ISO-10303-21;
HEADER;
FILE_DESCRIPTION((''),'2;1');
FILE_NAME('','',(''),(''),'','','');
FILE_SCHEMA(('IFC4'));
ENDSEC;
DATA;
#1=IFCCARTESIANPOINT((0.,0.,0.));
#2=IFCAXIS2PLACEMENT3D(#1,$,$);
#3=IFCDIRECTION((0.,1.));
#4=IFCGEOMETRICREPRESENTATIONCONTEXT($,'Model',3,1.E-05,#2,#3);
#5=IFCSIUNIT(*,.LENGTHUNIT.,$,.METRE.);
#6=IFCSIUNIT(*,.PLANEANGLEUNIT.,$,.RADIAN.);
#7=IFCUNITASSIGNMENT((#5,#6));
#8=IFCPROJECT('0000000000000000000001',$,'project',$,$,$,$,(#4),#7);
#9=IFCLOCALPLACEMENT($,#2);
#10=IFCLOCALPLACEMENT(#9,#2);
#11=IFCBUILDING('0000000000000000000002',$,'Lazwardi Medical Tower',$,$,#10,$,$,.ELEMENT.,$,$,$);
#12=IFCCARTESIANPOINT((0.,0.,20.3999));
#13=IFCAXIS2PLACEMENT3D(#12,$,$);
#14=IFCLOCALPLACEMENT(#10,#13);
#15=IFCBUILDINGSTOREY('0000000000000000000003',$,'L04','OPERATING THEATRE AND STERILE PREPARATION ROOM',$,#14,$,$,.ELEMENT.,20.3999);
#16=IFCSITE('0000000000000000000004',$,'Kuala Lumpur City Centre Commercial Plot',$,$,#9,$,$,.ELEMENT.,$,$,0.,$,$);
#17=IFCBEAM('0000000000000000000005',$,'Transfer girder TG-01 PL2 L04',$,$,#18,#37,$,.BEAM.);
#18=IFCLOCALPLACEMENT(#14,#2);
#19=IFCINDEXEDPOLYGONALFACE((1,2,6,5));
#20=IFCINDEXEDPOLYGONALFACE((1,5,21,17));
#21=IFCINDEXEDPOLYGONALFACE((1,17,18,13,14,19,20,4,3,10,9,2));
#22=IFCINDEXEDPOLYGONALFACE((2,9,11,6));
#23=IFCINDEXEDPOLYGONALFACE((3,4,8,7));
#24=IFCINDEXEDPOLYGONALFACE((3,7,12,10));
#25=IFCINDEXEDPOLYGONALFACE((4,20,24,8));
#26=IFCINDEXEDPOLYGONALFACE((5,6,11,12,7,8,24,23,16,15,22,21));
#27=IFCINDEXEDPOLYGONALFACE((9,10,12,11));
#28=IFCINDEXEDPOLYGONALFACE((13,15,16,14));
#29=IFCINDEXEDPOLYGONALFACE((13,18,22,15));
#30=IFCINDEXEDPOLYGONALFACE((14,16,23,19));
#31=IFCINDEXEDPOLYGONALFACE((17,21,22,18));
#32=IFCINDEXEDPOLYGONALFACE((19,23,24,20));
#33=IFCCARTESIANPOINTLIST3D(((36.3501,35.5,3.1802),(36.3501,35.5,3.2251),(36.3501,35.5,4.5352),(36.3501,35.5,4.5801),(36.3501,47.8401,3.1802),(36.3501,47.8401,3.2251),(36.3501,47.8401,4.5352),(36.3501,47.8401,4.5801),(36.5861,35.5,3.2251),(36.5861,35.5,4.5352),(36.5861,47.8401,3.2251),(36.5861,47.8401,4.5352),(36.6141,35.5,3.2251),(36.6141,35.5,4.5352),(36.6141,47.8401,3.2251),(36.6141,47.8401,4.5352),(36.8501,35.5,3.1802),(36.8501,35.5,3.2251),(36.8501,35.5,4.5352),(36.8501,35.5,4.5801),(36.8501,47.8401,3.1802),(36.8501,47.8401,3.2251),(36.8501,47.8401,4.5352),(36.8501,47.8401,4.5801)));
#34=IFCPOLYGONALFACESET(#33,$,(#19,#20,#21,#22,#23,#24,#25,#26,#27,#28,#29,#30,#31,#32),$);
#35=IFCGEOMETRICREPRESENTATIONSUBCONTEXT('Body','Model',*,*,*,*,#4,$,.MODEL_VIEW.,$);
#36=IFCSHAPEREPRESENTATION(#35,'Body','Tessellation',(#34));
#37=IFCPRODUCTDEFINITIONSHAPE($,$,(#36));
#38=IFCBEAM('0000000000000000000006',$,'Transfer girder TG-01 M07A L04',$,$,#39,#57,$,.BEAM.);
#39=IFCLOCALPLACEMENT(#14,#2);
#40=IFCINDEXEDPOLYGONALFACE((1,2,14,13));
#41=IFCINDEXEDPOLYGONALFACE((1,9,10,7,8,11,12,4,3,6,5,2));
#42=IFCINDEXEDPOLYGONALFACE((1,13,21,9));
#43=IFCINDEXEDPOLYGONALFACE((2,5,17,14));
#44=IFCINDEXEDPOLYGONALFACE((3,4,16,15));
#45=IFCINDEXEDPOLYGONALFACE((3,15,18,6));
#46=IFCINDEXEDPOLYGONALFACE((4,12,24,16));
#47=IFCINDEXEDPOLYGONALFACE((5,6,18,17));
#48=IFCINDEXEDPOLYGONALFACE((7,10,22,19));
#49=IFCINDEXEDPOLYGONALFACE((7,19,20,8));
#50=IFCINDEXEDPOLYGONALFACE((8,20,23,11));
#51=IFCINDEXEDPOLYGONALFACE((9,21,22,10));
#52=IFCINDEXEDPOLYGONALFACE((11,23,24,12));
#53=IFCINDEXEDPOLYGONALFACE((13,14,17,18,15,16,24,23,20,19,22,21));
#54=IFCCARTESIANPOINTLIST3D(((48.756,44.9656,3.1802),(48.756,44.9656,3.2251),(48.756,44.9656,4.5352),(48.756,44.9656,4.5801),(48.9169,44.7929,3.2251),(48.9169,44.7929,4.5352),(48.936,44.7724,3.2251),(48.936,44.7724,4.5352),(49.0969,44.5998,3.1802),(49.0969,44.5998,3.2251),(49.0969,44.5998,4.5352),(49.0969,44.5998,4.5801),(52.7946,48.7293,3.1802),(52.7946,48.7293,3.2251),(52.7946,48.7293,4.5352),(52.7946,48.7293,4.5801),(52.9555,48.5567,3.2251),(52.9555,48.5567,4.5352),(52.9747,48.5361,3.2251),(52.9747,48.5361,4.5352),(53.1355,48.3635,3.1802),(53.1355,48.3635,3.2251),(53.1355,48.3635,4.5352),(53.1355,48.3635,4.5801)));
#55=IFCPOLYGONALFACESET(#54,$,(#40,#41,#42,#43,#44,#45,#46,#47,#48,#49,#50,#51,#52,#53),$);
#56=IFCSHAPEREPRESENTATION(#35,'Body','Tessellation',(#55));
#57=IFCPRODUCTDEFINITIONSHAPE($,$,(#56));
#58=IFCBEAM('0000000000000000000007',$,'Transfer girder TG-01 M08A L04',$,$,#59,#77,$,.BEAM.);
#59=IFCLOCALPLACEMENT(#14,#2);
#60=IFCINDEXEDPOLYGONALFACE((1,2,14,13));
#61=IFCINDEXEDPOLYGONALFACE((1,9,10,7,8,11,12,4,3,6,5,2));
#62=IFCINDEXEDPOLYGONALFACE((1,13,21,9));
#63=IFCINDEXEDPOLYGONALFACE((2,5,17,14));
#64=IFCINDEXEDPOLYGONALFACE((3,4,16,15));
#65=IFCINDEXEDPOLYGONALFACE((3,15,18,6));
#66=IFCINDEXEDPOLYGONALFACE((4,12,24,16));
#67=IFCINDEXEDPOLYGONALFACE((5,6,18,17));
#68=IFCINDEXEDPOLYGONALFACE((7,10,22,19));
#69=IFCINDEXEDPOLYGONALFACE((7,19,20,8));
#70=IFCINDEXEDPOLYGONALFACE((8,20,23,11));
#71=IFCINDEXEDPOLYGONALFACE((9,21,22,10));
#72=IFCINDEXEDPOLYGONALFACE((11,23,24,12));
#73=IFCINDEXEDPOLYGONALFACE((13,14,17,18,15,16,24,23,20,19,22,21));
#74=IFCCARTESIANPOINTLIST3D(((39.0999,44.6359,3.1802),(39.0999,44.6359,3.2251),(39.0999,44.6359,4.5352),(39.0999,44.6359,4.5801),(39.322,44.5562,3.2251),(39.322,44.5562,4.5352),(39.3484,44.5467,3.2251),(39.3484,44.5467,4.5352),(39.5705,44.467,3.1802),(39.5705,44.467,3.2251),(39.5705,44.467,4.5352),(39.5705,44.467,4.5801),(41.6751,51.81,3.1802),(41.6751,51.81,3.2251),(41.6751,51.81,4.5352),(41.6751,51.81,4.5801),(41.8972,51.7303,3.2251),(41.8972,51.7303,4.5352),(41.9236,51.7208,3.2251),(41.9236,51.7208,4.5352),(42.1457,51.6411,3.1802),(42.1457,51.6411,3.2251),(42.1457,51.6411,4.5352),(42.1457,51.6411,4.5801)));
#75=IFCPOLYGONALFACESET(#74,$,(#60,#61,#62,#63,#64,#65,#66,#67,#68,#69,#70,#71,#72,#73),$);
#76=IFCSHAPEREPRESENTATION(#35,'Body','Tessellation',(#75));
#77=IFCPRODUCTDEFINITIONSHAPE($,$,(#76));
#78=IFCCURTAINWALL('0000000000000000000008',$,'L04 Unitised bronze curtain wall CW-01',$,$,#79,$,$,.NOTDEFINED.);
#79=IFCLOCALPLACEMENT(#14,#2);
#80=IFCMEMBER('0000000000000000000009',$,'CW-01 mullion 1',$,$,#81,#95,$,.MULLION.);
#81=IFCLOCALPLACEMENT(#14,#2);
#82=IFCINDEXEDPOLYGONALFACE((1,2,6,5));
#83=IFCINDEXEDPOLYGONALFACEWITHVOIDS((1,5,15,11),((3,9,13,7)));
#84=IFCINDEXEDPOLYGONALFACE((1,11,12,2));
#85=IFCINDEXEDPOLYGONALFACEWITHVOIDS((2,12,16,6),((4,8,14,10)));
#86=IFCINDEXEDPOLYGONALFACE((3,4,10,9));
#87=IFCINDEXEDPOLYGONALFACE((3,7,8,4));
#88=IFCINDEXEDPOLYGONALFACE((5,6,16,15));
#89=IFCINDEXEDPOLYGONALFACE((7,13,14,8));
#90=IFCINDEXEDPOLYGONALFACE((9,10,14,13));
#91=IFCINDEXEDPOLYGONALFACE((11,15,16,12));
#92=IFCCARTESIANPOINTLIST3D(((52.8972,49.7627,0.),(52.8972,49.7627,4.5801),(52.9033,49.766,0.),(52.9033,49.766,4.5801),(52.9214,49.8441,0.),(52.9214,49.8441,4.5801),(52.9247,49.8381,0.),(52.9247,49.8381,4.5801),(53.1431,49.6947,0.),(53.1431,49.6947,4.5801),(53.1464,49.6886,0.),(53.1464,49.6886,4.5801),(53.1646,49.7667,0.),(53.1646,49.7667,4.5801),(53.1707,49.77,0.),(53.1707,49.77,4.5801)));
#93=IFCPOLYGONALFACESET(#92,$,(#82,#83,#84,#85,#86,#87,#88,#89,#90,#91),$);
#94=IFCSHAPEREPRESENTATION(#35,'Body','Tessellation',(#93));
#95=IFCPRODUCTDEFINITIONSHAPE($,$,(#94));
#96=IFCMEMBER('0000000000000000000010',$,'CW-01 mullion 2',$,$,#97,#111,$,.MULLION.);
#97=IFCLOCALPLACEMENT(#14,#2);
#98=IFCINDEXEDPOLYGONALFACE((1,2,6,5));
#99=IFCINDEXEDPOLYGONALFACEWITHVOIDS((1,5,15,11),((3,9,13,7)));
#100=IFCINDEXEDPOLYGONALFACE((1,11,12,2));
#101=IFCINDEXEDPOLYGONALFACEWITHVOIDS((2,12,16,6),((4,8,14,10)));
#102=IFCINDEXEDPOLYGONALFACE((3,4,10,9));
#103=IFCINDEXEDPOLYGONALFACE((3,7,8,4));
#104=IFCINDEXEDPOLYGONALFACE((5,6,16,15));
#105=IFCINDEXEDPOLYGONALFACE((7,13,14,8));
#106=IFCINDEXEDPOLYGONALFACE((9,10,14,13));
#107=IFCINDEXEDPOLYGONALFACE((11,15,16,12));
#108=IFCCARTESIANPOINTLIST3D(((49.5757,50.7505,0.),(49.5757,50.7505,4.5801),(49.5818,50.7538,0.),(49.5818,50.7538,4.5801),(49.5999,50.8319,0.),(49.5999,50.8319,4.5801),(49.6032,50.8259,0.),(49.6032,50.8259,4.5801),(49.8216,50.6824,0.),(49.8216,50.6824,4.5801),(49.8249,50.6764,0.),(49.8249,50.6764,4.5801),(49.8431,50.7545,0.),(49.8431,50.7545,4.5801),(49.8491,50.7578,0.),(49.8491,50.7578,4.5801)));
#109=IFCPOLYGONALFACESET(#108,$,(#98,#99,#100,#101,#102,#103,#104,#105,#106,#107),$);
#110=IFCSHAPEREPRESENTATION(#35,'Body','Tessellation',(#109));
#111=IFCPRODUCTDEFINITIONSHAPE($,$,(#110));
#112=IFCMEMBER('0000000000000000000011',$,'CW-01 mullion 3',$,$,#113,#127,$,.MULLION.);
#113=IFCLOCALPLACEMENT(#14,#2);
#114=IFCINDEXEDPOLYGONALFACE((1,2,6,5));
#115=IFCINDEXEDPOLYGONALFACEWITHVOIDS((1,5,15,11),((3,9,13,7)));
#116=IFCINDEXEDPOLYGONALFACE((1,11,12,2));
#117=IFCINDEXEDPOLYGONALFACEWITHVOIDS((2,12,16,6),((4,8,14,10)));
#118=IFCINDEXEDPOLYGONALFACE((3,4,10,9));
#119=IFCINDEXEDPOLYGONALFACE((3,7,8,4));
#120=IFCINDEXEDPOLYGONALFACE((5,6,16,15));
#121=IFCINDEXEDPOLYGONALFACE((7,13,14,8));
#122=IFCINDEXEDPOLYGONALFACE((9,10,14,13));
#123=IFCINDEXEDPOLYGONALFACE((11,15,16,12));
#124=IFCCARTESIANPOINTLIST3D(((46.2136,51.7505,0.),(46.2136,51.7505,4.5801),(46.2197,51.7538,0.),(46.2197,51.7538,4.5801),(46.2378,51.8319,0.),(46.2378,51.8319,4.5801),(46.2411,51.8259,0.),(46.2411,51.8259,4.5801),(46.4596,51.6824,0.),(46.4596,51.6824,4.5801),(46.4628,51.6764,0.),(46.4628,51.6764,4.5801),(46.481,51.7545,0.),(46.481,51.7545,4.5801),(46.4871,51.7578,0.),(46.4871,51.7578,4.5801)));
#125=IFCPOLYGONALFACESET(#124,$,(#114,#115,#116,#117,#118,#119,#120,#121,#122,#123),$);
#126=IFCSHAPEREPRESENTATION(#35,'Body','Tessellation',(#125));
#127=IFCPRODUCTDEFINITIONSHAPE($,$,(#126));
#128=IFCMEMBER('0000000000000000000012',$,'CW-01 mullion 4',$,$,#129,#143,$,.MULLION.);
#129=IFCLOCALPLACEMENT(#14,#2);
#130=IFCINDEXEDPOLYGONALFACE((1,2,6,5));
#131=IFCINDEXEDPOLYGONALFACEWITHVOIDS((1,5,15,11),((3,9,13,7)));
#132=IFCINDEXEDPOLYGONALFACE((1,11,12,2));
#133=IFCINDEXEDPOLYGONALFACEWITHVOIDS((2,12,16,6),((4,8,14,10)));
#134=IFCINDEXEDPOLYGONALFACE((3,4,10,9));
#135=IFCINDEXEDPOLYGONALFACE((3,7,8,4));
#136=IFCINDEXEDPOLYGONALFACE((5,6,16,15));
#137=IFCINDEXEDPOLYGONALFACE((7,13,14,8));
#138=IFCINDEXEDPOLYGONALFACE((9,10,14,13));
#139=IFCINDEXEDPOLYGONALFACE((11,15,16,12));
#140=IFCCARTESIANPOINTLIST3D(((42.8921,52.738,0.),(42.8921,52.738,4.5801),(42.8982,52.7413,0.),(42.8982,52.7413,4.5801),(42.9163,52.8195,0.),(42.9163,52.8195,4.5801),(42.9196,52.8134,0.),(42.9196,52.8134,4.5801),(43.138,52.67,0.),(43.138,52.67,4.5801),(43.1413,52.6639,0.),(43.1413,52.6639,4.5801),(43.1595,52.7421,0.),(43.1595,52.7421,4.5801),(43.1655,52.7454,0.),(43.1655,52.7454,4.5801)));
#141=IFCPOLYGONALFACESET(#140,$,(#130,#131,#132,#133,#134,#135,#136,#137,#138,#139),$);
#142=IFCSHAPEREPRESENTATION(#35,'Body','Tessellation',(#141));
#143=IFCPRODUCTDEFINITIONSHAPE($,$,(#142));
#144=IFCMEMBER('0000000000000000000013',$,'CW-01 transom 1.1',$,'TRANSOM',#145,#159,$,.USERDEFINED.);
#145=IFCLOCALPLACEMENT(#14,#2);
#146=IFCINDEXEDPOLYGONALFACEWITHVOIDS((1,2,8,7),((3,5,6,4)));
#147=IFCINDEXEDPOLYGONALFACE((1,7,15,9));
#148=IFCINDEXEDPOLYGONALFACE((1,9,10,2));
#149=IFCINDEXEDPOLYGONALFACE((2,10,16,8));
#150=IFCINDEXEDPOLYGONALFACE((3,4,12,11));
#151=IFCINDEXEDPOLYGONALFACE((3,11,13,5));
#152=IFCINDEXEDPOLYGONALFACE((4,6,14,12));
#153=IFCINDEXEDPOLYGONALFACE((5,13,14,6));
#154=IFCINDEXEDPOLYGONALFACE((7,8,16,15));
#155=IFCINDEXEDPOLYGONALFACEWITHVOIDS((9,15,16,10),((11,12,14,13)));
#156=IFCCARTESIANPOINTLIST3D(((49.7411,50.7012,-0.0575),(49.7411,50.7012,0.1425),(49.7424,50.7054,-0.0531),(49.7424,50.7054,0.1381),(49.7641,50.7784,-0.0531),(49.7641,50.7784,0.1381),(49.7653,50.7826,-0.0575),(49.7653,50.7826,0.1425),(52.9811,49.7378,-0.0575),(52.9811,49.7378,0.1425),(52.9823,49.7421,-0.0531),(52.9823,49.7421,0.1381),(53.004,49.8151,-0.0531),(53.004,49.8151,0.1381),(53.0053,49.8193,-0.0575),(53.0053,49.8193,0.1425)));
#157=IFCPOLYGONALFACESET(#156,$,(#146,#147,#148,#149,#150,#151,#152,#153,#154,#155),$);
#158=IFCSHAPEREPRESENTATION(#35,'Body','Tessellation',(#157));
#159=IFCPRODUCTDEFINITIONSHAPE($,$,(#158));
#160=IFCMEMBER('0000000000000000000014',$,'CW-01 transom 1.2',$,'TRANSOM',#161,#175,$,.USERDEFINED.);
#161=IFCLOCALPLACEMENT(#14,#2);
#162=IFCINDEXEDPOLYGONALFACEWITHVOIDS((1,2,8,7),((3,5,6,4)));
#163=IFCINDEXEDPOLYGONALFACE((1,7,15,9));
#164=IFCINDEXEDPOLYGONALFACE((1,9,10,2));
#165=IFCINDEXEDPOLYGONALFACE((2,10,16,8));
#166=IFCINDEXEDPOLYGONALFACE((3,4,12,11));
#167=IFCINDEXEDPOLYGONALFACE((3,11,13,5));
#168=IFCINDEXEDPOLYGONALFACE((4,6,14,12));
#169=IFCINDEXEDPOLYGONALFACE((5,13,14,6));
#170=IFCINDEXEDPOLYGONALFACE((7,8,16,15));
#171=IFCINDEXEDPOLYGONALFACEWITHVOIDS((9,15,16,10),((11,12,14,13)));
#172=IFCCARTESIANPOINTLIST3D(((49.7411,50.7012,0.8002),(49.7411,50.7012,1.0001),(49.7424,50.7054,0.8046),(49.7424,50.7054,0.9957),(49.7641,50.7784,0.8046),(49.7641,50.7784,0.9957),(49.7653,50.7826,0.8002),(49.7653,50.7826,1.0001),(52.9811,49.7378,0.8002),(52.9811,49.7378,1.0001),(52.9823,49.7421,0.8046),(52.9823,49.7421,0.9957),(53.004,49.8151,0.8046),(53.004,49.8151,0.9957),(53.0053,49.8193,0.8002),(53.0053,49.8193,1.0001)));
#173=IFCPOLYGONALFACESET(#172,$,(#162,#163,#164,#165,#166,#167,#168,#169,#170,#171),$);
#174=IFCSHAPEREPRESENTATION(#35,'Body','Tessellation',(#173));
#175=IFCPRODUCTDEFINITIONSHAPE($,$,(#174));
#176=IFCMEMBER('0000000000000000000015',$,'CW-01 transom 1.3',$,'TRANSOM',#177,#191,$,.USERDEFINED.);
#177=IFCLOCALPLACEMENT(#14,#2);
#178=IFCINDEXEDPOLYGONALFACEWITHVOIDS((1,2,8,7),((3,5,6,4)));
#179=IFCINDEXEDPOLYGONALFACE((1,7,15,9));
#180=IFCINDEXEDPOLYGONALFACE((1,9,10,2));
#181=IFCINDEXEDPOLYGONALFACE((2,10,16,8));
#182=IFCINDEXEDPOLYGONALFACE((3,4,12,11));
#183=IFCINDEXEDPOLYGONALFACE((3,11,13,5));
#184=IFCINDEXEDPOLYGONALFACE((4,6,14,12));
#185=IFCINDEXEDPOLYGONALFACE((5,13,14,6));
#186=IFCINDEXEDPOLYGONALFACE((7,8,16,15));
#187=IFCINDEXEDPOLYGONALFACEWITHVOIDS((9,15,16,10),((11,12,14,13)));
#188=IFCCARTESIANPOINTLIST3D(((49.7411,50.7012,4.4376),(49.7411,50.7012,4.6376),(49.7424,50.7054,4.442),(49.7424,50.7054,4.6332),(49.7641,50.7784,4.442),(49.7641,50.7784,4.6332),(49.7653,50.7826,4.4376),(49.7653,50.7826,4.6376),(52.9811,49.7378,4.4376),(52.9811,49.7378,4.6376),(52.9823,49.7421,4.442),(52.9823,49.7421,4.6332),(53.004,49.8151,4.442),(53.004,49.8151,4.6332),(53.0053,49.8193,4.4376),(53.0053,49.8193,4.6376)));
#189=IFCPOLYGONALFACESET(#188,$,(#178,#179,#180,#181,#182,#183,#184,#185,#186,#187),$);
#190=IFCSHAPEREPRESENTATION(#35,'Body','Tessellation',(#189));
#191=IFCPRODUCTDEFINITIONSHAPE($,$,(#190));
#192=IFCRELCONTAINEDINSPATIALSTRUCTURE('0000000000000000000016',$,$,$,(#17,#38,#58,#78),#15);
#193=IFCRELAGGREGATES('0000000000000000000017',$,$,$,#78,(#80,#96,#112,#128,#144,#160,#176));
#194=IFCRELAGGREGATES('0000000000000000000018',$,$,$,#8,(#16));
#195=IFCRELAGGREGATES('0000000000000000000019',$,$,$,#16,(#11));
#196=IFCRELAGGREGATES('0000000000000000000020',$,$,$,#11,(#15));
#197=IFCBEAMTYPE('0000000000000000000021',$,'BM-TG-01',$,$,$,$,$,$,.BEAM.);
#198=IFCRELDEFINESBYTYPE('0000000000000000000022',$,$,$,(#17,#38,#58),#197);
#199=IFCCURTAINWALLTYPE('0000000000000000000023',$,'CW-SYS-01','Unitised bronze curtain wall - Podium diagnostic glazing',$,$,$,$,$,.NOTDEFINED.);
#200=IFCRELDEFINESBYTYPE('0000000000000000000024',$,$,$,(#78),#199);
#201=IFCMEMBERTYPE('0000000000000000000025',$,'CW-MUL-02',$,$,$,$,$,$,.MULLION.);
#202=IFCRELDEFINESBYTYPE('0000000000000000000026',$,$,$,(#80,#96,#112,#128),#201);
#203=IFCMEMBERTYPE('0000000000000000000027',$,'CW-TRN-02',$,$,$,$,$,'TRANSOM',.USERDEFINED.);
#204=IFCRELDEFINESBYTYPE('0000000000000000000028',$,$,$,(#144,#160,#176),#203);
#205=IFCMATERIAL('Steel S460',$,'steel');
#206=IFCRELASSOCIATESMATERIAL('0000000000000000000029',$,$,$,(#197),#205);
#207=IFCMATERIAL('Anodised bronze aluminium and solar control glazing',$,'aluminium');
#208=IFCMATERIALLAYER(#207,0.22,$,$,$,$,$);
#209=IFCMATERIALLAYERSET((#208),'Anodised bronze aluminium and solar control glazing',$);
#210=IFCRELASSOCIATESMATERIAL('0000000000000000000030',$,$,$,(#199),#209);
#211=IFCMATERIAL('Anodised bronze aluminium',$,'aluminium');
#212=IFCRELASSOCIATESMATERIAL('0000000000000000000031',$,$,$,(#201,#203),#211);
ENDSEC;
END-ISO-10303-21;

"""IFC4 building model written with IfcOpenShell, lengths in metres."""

from ifc_helpers import new_model, si_unit, direction, frame, origin, origin_2d, place, context, subcontext, project, spatial, hollow_rectangle, i_section, extrude, material, layer, layer_set, material_profile, profile_set, type_object, element, aggregate, save


model = new_model("IFC4")

# Units and contexts
model_context = context("Model", 3, precision=1e-05, world=origin(), true_north=direction((0.0, 1.0)))
body_context = subcontext(model_context, "Body", "Model", "MODEL_VIEW")
ifc_project = project(units=[si_unit("LENGTHUNIT", "METRE"), si_unit("PLANEANGLEUNIT", "RADIAN")], contexts=[model_context])

# Site, building, storey
site_placement = place(None, origin())
site = spatial("IfcSite", under=ifc_project, at=site_placement, Name="Kuala Lumpur City Centre Commercial Plot", CompositionType="ELEMENT", RefElevation=0.0)
building_placement = place(site_placement, origin())
building = spatial("IfcBuilding", under=site, at=building_placement, Name="Lazwardi Medical Tower", CompositionType="ELEMENT")
storey_placement = place(building_placement, frame((0.0, 0.0, 20.3999)))
storey = spatial("IfcBuildingStorey", under=building, at=storey_placement, Name="L04", Description="OPERATING THEATRE AND STERILE PREPARATION ROOM", CompositionType="ELEMENT", Elevation=20.3999)

# Beams
ifc_material_1 = material(Name="Steel S460", Category="steel")
ifc_material_profile_1 = material_profile(ifc_material_1, i_section(OverallWidth=0.5, OverallDepth=1.3999, WebThickness=0.0281, FlangeThickness=0.0449, at=origin_2d()), Name="PG 1400x500")
ifc_profile_set_1 = profile_set([ifc_material_profile_1], Name="Steel S460")
beam_type_1 = type_object("IfcBeamType", Name="BM-TG-01", PredefinedType="BEAM", material=ifc_profile_set_1)
beam_1_placement = place(storey_placement, frame((36.6001, 47.8401, 3.8801), z_axis=(0.0, -1.0, 0.0), x_axis=(1.0, 0.0, 0.0)))
element("IfcBeam", 1, at=beam_1_placement, inside=storey, type_object=beam_type_1, Name="Transfer girder TG-01 PL2 L04", PredefinedType="BEAM", context=body_context, shape_type="SweptSolid", body=[
    extrude(i_section(OverallWidth=0.5, OverallDepth=1.3999, WebThickness=0.0281, FlangeThickness=0.0449, at=origin_2d()), origin(), (0.0, 0.0, 1.0), 12.3401),
])
beam_2_placement = place(storey_placement, frame((52.9651, 48.5464, 3.8801), z_axis=(-0.731567, -0.68177, 0.0), x_axis=(0.68177, -0.731567, 0.0)))
element("IfcBeam", 2, at=beam_2_placement, inside=storey, type_object=beam_type_1, Name="Transfer girder TG-01 M07A L04", PredefinedType="BEAM", context=body_context, shape_type="SweptSolid", body=[
    extrude(i_section(OverallWidth=0.5, OverallDepth=1.3999, WebThickness=0.0281, FlangeThickness=0.0449, at=origin_2d()), origin(), (0.0, 0.0, 1.0), 5.5205),
])
beam_3_placement = place(storey_placement, frame((41.9104, 51.7256, 3.8801), z_axis=(-0.337852, -0.941199, 0.0), x_axis=(0.941199, -0.337852, 0.0)))
element("IfcBeam", 3, at=beam_3_placement, inside=storey, type_object=beam_type_1, Name="Transfer girder TG-01 M08A L04", PredefinedType="BEAM", context=body_context, shape_type="SweptSolid", body=[
    extrude(i_section(OverallWidth=0.5, OverallDepth=1.3999, WebThickness=0.0281, FlangeThickness=0.0449, at=origin_2d()), origin(), (0.0, 0.0, 1.0), 7.6223),
])

# Curtain wall, members
ifc_material_2 = material(Name="Anodised bronze aluminium and solar control glazing", Category="aluminium")
ifc_layer_1 = layer(ifc_material_2, 0.22)
ifc_layer_set_1 = layer_set([ifc_layer_1], Name="Anodised bronze aluminium and solar control glazing")
curtain_wall_type = type_object("IfcCurtainWallType", Name="CW-SYS-01", Description="Unitised bronze curtain wall - Podium diagnostic glazing", PredefinedType="NOTDEFINED", material=ifc_layer_set_1)
curtain_wall_placement = place(storey_placement, origin())
curtain_wall = element("IfcCurtainWall", 4, at=curtain_wall_placement, inside=storey, type_object=curtain_wall_type, Name="L04 Unitised bronze curtain wall CW-01", PredefinedType="NOTDEFINED")
ifc_material_3 = material(Name="Anodised bronze aluminium", Category="aluminium")
ifc_material_profile_2 = material_profile(ifc_material_3, hollow_rectangle(XDim=0.085, YDim=0.26, WallThickness=0.0049, at=origin_2d()), Name="ALU-MULLION 260x85x5")
ifc_profile_set_2 = profile_set([ifc_material_profile_2], Name="Anodised bronze aluminium")
member_type_1 = type_object("IfcMemberType", Name="CW-MUL-02", PredefinedType="MULLION", material=ifc_profile_set_2)
member_1_placement = place(storey_placement, frame((53.0339, 49.7664, 0.0), z_axis=(0.0, 0.0, 1.0), x_axis=(-0.285047, -0.958513, 0.0)))
member_1 = element("IfcMember", 5, at=member_1_placement, type_object=member_type_1, Name="CW-01 mullion 1", PredefinedType="MULLION", context=body_context, shape_type="SweptSolid", body=[
    extrude(hollow_rectangle(XDim=0.085, YDim=0.26, WallThickness=0.0049, at=origin_2d()), origin(), (0.0, 0.0, 1.0), 4.5801),
])
member_2_placement = place(storey_placement, frame((49.7124, 50.7542, 0.0), z_axis=(0.0, 0.0, 1.0), x_axis=(-0.285047, -0.958513, 0.0)))
member_2 = element("IfcMember", 6, at=member_2_placement, type_object=member_type_1, Name="CW-01 mullion 2", PredefinedType="MULLION", context=body_context, shape_type="SweptSolid", body=[
    extrude(hollow_rectangle(XDim=0.085, YDim=0.26, WallThickness=0.0049, at=origin_2d()), origin(), (0.0, 0.0, 1.0), 4.5801),
])
member_3_placement = place(storey_placement, frame((46.3503, 51.7542, 0.0), z_axis=(0.0, 0.0, 1.0), x_axis=(-0.285047, -0.958513, 0.0)))
member_3 = element("IfcMember", 7, at=member_3_placement, type_object=member_type_1, Name="CW-01 mullion 3", PredefinedType="MULLION", context=body_context, shape_type="SweptSolid", body=[
    extrude(hollow_rectangle(XDim=0.085, YDim=0.26, WallThickness=0.0049, at=origin_2d()), origin(), (0.0, 0.0, 1.0), 4.5801),
])
member_4_placement = place(storey_placement, frame((43.0288, 52.7417, 0.0), z_axis=(0.0, 0.0, 1.0), x_axis=(-0.285047, -0.958513, 0.0)))
member_4 = element("IfcMember", 8, at=member_4_placement, type_object=member_type_1, Name="CW-01 mullion 4", PredefinedType="MULLION", context=body_context, shape_type="SweptSolid", body=[
    extrude(hollow_rectangle(XDim=0.085, YDim=0.26, WallThickness=0.0049, at=origin_2d()), origin(), (0.0, 0.0, 1.0), 4.5801),
])
ifc_material_profile_3 = material_profile(ifc_material_3, hollow_rectangle(XDim=0.085, YDim=0.2, WallThickness=0.0044, at=origin_2d()), Name="ALU-TRANSOM 200x85x4.5")
ifc_profile_set_3 = profile_set([ifc_material_profile_3], Name="Anodised bronze aluminium")
member_type_2 = type_object("IfcMemberType", Name="CW-TRN-02", ElementType="TRANSOM", PredefinedType="USERDEFINED", material=ifc_profile_set_3)
member_5_placement = place(storey_placement, frame((52.9932, 49.7786, 0.0425), z_axis=(-0.958525, 0.285008, 0.0), x_axis=(-0.285008, -0.958525, 0.0)))
member_5 = element("IfcMember", 9, at=member_5_placement, type_object=member_type_2, Name="CW-01 transom 1.1", ObjectType="TRANSOM", PredefinedType="USERDEFINED", context=body_context, shape_type="SweptSolid", body=[
    extrude(hollow_rectangle(XDim=0.085, YDim=0.2, WallThickness=0.0044, at=origin_2d()), origin(), (0.0, 0.0, 1.0), 3.3801),
])
member_6_placement = place(storey_placement, frame((52.9932, 49.7786, 0.9001), z_axis=(-0.958525, 0.285008, 0.0), x_axis=(-0.285008, -0.958525, 0.0)))
member_6 = element("IfcMember", 10, at=member_6_placement, type_object=member_type_2, Name="CW-01 transom 1.2", ObjectType="TRANSOM", PredefinedType="USERDEFINED", context=body_context, shape_type="SweptSolid", body=[
    extrude(hollow_rectangle(XDim=0.085, YDim=0.2, WallThickness=0.0044, at=origin_2d()), origin(), (0.0, 0.0, 1.0), 3.3801),
])
member_7_placement = place(storey_placement, frame((52.9932, 49.7786, 4.5376), z_axis=(-0.958525, 0.285008, 0.0), x_axis=(-0.285008, -0.958525, 0.0)))
member_7 = element("IfcMember", 11, at=member_7_placement, type_object=member_type_2, Name="CW-01 transom 1.3", ObjectType="TRANSOM", PredefinedType="USERDEFINED", context=body_context, shape_type="SweptSolid", body=[
    extrude(hollow_rectangle(XDim=0.085, YDim=0.2, WallThickness=0.0044, at=origin_2d()), origin(), (0.0, 0.0, 1.0), 3.3801),
])
aggregate(curtain_wall, [member_1, member_2, member_3, member_4, member_5, member_6, member_7])

save(model, "model.ifc")
